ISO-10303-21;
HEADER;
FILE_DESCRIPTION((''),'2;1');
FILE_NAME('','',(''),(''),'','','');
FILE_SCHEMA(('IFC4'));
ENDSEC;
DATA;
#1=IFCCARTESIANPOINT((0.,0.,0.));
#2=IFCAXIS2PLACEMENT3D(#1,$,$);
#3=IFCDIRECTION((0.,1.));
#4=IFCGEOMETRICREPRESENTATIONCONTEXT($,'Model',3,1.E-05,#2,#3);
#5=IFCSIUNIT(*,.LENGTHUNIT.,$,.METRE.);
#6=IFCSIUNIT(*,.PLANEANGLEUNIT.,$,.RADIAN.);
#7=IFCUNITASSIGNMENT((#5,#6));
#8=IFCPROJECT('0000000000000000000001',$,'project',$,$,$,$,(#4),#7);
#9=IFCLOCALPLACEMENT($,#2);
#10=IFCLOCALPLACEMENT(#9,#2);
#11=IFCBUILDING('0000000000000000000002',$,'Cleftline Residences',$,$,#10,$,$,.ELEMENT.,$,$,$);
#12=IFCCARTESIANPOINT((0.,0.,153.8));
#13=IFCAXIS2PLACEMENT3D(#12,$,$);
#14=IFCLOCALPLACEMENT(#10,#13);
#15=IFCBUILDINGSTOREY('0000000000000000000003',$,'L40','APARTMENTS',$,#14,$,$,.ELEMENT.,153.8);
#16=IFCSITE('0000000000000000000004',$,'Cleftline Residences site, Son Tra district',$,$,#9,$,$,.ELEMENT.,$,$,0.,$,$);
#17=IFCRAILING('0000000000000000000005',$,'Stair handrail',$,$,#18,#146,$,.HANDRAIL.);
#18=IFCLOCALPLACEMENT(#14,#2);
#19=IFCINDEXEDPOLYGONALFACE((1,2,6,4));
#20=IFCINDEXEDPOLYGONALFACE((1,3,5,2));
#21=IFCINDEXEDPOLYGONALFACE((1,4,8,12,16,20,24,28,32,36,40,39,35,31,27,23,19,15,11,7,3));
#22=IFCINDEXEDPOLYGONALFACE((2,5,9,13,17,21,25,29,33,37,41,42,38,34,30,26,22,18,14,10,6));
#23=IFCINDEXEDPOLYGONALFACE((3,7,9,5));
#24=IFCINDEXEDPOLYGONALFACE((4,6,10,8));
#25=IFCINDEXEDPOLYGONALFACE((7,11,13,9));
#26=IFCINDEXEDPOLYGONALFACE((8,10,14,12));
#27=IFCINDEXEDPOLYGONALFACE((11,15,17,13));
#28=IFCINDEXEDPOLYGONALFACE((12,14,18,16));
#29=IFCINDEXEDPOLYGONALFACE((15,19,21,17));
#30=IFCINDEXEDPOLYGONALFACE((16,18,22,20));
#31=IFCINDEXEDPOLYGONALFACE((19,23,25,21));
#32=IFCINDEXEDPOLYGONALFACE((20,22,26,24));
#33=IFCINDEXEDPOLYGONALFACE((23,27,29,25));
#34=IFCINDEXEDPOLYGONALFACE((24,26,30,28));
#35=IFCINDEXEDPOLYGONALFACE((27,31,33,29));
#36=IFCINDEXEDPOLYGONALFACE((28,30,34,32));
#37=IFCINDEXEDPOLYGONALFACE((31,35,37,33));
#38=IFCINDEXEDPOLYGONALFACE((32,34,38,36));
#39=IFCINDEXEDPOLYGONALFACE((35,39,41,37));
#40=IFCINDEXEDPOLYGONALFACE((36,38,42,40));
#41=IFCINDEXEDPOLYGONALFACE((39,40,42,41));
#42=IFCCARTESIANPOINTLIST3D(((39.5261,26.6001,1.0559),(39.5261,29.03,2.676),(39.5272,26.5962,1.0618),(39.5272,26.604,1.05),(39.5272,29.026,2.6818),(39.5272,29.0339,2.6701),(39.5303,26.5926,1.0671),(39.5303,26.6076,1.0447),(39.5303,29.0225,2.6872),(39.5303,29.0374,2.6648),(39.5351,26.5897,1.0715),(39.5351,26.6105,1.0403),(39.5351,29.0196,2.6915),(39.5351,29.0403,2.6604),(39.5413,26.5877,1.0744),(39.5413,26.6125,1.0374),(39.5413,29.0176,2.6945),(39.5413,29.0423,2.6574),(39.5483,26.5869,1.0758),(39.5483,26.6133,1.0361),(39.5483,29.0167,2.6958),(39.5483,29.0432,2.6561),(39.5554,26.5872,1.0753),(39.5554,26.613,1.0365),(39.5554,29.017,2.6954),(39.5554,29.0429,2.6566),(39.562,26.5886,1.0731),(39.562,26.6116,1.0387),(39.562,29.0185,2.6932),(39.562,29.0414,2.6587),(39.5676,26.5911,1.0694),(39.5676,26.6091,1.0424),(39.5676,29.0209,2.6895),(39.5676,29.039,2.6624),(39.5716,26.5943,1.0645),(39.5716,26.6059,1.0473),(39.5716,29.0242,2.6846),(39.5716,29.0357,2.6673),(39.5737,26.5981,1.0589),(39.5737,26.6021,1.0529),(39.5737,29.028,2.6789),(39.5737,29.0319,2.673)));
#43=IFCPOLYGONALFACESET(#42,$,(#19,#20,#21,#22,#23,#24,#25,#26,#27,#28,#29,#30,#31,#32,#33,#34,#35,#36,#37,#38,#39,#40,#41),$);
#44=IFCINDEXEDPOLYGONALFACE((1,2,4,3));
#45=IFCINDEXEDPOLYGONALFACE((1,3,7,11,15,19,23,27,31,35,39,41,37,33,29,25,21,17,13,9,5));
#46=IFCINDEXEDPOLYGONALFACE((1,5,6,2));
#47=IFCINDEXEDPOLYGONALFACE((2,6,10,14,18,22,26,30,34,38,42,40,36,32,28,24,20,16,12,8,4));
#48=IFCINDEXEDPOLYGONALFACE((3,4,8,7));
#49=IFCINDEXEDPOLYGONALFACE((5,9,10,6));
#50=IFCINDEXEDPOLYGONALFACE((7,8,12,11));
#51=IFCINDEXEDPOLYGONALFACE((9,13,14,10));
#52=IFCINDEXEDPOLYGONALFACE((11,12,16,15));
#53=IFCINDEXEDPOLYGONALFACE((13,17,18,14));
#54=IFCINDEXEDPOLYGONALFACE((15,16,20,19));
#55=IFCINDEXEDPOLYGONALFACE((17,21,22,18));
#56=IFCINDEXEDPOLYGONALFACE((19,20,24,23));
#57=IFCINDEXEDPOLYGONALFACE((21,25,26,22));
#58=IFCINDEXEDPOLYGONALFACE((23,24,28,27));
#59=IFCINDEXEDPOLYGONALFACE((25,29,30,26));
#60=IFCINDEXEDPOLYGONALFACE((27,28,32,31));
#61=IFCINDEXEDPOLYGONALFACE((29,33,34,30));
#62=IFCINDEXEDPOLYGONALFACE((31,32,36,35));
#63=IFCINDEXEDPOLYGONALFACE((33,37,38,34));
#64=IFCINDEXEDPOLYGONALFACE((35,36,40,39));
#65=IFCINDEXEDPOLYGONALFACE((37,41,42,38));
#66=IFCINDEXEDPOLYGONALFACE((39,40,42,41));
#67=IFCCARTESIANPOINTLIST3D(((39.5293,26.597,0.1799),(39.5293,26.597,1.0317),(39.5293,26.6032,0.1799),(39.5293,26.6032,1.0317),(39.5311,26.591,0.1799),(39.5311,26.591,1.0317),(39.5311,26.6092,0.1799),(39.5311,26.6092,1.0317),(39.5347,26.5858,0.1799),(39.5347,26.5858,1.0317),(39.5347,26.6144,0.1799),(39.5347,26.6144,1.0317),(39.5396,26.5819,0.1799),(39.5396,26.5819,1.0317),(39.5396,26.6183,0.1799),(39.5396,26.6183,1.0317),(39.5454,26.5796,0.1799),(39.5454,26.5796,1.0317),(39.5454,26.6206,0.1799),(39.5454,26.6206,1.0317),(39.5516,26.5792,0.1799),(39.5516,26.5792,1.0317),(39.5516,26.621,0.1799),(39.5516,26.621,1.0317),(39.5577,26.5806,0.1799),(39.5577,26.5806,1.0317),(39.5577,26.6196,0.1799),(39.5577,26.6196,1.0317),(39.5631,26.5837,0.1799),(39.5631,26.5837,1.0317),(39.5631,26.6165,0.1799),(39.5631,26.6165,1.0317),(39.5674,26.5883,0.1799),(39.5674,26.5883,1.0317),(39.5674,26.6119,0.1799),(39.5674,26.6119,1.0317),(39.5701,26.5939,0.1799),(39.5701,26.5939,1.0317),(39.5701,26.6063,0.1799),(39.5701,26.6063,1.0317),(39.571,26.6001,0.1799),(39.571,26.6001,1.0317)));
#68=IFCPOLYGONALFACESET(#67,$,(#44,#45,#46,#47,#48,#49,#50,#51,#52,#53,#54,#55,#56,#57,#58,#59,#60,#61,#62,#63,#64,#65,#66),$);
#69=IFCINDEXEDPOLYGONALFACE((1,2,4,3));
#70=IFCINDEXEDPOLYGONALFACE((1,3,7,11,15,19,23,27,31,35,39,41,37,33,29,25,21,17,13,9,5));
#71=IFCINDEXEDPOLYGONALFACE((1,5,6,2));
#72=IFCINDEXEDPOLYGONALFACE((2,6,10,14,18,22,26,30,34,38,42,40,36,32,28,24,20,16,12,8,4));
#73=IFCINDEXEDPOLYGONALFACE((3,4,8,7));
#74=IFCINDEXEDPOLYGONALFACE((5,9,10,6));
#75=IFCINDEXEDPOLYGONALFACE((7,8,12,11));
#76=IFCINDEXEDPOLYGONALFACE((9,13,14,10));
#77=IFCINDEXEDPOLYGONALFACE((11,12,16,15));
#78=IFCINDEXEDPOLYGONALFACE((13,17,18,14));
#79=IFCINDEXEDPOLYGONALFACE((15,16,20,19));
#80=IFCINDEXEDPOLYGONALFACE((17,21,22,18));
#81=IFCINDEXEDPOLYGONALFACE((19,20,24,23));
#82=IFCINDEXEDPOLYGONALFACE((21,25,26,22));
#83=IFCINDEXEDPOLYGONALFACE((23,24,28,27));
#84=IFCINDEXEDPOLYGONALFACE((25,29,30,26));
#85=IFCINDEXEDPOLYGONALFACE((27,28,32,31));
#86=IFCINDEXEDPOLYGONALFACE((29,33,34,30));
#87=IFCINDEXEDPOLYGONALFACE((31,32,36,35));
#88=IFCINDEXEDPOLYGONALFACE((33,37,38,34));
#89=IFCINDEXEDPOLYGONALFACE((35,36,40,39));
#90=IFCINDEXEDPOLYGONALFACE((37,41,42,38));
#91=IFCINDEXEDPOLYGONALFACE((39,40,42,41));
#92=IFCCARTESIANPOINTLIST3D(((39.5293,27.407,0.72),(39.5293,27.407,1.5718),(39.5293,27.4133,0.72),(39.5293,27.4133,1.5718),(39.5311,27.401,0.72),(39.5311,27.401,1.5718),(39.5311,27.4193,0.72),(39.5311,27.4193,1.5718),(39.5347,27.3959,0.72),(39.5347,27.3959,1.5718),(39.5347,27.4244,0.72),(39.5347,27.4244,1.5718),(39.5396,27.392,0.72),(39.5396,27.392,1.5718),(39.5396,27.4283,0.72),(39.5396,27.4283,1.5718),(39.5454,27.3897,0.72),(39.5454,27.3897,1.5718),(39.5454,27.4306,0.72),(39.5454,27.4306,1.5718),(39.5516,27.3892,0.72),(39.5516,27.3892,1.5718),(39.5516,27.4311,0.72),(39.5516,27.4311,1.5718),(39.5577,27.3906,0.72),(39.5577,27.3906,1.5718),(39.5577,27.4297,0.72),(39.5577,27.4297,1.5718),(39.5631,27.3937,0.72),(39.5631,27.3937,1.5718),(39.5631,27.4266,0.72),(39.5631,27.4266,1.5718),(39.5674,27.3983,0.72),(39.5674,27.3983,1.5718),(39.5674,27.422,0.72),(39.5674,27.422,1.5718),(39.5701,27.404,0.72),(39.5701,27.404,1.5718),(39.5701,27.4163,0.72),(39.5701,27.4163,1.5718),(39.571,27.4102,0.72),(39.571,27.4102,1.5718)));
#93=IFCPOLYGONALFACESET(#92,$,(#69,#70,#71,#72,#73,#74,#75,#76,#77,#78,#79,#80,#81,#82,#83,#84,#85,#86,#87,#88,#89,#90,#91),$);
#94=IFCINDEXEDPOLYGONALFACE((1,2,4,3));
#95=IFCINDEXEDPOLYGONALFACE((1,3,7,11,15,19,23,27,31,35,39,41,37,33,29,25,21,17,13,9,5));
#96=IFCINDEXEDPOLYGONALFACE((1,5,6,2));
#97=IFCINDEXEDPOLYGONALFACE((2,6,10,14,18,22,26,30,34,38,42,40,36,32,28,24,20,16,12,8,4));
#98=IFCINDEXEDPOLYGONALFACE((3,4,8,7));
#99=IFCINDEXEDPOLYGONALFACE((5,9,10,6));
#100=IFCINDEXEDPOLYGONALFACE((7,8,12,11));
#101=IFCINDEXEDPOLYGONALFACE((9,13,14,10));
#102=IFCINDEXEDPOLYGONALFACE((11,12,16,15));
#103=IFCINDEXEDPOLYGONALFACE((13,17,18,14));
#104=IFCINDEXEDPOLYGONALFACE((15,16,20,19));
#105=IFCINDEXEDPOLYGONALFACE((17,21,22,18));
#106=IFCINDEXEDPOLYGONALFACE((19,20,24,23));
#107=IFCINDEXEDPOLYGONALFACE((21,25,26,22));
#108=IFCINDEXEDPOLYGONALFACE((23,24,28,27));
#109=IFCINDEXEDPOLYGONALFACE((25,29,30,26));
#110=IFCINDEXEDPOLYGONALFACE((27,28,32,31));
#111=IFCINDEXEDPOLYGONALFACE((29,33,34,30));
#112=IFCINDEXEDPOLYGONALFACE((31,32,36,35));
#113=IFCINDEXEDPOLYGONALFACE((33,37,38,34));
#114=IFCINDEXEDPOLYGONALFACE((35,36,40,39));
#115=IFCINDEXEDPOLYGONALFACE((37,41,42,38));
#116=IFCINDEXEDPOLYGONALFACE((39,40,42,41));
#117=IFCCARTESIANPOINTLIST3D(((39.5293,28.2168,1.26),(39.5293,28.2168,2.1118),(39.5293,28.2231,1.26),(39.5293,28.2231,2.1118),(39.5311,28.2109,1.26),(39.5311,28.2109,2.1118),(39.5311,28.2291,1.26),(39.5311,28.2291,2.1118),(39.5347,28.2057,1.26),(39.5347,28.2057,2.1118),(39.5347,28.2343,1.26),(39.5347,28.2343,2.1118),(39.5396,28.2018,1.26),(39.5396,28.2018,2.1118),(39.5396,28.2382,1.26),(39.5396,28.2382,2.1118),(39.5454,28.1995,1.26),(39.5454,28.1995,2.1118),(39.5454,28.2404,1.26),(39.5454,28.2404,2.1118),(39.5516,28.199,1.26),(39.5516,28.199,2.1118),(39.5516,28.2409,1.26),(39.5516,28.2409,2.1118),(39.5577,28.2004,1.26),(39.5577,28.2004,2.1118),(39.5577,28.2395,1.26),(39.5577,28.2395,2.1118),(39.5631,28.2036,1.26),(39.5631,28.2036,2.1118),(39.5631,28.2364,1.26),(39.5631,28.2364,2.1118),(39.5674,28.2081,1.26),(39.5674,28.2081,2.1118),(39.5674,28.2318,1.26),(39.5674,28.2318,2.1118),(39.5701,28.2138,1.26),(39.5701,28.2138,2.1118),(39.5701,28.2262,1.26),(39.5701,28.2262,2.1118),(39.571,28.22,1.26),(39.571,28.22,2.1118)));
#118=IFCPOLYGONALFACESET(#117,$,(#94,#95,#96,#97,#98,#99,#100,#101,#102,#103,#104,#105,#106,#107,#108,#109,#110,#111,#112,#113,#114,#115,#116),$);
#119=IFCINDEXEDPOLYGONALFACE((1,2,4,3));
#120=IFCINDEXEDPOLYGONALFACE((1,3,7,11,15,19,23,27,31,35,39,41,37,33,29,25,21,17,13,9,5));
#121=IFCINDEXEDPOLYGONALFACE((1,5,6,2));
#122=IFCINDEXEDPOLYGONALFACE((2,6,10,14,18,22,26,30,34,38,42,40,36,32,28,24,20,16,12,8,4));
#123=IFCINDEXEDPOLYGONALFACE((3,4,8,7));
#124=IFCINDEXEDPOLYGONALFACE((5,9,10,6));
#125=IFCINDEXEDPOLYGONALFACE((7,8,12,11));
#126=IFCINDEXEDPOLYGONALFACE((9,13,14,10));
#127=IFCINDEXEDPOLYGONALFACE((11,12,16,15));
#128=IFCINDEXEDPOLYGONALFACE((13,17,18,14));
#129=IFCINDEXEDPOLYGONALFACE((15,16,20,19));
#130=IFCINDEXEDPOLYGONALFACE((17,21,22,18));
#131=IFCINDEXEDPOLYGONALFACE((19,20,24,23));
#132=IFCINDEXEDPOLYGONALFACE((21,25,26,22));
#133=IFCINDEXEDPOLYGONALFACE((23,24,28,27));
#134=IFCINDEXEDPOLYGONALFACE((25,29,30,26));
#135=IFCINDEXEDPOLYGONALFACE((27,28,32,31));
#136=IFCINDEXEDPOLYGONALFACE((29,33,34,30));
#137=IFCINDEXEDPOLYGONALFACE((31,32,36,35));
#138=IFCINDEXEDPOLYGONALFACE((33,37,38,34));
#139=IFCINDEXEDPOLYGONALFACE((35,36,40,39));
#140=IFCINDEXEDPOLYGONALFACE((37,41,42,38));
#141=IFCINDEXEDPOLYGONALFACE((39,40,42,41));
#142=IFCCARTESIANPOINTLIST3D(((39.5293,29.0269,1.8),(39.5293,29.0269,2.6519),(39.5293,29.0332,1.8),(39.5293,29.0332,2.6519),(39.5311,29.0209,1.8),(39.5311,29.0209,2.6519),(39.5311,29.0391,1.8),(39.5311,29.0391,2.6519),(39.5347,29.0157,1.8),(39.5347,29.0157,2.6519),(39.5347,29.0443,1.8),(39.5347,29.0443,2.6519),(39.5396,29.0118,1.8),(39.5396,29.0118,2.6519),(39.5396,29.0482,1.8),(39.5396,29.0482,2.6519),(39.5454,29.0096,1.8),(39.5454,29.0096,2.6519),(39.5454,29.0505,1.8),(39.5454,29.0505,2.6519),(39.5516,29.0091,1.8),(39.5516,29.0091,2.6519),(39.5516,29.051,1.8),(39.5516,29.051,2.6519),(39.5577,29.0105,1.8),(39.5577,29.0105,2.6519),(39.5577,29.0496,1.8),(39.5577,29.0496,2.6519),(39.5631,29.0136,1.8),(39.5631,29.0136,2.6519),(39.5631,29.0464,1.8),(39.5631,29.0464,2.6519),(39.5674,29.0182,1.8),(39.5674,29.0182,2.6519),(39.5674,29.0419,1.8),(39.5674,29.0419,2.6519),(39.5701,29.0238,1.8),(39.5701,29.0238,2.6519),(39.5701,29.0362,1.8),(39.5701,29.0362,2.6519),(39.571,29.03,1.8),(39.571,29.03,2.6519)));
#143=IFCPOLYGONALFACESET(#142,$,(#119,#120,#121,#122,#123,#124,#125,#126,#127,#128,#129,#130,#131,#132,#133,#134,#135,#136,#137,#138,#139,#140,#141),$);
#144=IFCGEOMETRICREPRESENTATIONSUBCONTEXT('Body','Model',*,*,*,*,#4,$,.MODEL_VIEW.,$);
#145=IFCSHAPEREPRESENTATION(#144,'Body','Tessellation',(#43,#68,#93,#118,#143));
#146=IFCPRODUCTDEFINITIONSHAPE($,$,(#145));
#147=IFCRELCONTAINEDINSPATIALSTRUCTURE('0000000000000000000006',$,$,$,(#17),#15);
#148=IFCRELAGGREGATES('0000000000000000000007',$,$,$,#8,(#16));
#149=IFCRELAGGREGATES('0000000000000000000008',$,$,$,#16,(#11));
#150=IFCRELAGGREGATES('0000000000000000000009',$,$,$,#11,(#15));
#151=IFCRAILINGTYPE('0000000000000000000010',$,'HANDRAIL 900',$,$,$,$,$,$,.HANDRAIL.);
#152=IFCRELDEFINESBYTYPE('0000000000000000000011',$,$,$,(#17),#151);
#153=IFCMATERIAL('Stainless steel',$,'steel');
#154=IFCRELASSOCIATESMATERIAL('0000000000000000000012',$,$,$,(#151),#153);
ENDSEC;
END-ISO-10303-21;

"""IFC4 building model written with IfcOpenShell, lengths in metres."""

from ifc_helpers import new_model, si_unit, direction, frame, origin, origin_2d, place, context, subcontext, project, spatial, circle, extrude, material, type_object, element, save


model = new_model("IFC4")

# Units and contexts
model_context = context("Model", 3, precision=1e-05, world=origin(), true_north=direction((0.0, 1.0)))
body_context = subcontext(model_context, "Body", "Model", "MODEL_VIEW")
ifc_project = project(units=[si_unit("LENGTHUNIT", "METRE"), si_unit("PLANEANGLEUNIT", "RADIAN")], contexts=[model_context])

# Site, building, storey
site_placement = place(None, origin())
site = spatial("IfcSite", under=ifc_project, at=site_placement, Name="Cleftline Residences site, Son Tra district", CompositionType="ELEMENT", RefElevation=0.0)
building_placement = place(site_placement, origin())
building = spatial("IfcBuilding", under=site, at=building_placement, Name="Cleftline Residences", CompositionType="ELEMENT")
storey_placement = place(building_placement, frame((0.0, 0.0, 153.8)))
storey = spatial("IfcBuildingStorey", under=building, at=storey_placement, Name="L40", Description="APARTMENTS", CompositionType="ELEMENT", Elevation=153.8)

# Railing
ifc_material_1 = material(Name="Stainless steel", Category="steel")
railing_type = type_object("IfcRailingType", Name="HANDRAIL 900", PredefinedType="HANDRAIL", material=ifc_material_1)
railing_1_placement = place(storey_placement, frame((39.55, 26.6001, 0.1799)))
element("IfcRailing", 1, at=railing_1_placement, inside=storey, type_object=railing_type, Name="Stair handrail", PredefinedType="HANDRAIL", context=body_context, shape_type="SweptSolid", body=[
    extrude(circle(Radius=0.0239, at=origin_2d()), frame((0.0, 0.0, 0.876), z_axis=(0.0, 0.832025, 0.554739), x_axis=(-1.0, 0.0, 0.0)), (0.0, 0.0, 1.0), 2.9204),
    extrude(circle(Radius=0.021, at=origin_2d()), origin(), (0.0, 0.0, 1.0), 0.8518),
    extrude(circle(Radius=0.021, at=origin_2d()), frame((0.0, 0.8101, 0.54)), (0.0, 0.0, 1.0), 0.8518),
    extrude(circle(Radius=0.021, at=origin_2d()), frame((0.0, 1.6199, 1.0801)), (0.0, 0.0, 1.0), 0.8518),
    extrude(circle(Radius=0.021, at=origin_2d()), frame((0.0, 2.4299, 1.6201)), (0.0, 0.0, 1.0), 0.8518),
])

save(model, "model.ifc")
